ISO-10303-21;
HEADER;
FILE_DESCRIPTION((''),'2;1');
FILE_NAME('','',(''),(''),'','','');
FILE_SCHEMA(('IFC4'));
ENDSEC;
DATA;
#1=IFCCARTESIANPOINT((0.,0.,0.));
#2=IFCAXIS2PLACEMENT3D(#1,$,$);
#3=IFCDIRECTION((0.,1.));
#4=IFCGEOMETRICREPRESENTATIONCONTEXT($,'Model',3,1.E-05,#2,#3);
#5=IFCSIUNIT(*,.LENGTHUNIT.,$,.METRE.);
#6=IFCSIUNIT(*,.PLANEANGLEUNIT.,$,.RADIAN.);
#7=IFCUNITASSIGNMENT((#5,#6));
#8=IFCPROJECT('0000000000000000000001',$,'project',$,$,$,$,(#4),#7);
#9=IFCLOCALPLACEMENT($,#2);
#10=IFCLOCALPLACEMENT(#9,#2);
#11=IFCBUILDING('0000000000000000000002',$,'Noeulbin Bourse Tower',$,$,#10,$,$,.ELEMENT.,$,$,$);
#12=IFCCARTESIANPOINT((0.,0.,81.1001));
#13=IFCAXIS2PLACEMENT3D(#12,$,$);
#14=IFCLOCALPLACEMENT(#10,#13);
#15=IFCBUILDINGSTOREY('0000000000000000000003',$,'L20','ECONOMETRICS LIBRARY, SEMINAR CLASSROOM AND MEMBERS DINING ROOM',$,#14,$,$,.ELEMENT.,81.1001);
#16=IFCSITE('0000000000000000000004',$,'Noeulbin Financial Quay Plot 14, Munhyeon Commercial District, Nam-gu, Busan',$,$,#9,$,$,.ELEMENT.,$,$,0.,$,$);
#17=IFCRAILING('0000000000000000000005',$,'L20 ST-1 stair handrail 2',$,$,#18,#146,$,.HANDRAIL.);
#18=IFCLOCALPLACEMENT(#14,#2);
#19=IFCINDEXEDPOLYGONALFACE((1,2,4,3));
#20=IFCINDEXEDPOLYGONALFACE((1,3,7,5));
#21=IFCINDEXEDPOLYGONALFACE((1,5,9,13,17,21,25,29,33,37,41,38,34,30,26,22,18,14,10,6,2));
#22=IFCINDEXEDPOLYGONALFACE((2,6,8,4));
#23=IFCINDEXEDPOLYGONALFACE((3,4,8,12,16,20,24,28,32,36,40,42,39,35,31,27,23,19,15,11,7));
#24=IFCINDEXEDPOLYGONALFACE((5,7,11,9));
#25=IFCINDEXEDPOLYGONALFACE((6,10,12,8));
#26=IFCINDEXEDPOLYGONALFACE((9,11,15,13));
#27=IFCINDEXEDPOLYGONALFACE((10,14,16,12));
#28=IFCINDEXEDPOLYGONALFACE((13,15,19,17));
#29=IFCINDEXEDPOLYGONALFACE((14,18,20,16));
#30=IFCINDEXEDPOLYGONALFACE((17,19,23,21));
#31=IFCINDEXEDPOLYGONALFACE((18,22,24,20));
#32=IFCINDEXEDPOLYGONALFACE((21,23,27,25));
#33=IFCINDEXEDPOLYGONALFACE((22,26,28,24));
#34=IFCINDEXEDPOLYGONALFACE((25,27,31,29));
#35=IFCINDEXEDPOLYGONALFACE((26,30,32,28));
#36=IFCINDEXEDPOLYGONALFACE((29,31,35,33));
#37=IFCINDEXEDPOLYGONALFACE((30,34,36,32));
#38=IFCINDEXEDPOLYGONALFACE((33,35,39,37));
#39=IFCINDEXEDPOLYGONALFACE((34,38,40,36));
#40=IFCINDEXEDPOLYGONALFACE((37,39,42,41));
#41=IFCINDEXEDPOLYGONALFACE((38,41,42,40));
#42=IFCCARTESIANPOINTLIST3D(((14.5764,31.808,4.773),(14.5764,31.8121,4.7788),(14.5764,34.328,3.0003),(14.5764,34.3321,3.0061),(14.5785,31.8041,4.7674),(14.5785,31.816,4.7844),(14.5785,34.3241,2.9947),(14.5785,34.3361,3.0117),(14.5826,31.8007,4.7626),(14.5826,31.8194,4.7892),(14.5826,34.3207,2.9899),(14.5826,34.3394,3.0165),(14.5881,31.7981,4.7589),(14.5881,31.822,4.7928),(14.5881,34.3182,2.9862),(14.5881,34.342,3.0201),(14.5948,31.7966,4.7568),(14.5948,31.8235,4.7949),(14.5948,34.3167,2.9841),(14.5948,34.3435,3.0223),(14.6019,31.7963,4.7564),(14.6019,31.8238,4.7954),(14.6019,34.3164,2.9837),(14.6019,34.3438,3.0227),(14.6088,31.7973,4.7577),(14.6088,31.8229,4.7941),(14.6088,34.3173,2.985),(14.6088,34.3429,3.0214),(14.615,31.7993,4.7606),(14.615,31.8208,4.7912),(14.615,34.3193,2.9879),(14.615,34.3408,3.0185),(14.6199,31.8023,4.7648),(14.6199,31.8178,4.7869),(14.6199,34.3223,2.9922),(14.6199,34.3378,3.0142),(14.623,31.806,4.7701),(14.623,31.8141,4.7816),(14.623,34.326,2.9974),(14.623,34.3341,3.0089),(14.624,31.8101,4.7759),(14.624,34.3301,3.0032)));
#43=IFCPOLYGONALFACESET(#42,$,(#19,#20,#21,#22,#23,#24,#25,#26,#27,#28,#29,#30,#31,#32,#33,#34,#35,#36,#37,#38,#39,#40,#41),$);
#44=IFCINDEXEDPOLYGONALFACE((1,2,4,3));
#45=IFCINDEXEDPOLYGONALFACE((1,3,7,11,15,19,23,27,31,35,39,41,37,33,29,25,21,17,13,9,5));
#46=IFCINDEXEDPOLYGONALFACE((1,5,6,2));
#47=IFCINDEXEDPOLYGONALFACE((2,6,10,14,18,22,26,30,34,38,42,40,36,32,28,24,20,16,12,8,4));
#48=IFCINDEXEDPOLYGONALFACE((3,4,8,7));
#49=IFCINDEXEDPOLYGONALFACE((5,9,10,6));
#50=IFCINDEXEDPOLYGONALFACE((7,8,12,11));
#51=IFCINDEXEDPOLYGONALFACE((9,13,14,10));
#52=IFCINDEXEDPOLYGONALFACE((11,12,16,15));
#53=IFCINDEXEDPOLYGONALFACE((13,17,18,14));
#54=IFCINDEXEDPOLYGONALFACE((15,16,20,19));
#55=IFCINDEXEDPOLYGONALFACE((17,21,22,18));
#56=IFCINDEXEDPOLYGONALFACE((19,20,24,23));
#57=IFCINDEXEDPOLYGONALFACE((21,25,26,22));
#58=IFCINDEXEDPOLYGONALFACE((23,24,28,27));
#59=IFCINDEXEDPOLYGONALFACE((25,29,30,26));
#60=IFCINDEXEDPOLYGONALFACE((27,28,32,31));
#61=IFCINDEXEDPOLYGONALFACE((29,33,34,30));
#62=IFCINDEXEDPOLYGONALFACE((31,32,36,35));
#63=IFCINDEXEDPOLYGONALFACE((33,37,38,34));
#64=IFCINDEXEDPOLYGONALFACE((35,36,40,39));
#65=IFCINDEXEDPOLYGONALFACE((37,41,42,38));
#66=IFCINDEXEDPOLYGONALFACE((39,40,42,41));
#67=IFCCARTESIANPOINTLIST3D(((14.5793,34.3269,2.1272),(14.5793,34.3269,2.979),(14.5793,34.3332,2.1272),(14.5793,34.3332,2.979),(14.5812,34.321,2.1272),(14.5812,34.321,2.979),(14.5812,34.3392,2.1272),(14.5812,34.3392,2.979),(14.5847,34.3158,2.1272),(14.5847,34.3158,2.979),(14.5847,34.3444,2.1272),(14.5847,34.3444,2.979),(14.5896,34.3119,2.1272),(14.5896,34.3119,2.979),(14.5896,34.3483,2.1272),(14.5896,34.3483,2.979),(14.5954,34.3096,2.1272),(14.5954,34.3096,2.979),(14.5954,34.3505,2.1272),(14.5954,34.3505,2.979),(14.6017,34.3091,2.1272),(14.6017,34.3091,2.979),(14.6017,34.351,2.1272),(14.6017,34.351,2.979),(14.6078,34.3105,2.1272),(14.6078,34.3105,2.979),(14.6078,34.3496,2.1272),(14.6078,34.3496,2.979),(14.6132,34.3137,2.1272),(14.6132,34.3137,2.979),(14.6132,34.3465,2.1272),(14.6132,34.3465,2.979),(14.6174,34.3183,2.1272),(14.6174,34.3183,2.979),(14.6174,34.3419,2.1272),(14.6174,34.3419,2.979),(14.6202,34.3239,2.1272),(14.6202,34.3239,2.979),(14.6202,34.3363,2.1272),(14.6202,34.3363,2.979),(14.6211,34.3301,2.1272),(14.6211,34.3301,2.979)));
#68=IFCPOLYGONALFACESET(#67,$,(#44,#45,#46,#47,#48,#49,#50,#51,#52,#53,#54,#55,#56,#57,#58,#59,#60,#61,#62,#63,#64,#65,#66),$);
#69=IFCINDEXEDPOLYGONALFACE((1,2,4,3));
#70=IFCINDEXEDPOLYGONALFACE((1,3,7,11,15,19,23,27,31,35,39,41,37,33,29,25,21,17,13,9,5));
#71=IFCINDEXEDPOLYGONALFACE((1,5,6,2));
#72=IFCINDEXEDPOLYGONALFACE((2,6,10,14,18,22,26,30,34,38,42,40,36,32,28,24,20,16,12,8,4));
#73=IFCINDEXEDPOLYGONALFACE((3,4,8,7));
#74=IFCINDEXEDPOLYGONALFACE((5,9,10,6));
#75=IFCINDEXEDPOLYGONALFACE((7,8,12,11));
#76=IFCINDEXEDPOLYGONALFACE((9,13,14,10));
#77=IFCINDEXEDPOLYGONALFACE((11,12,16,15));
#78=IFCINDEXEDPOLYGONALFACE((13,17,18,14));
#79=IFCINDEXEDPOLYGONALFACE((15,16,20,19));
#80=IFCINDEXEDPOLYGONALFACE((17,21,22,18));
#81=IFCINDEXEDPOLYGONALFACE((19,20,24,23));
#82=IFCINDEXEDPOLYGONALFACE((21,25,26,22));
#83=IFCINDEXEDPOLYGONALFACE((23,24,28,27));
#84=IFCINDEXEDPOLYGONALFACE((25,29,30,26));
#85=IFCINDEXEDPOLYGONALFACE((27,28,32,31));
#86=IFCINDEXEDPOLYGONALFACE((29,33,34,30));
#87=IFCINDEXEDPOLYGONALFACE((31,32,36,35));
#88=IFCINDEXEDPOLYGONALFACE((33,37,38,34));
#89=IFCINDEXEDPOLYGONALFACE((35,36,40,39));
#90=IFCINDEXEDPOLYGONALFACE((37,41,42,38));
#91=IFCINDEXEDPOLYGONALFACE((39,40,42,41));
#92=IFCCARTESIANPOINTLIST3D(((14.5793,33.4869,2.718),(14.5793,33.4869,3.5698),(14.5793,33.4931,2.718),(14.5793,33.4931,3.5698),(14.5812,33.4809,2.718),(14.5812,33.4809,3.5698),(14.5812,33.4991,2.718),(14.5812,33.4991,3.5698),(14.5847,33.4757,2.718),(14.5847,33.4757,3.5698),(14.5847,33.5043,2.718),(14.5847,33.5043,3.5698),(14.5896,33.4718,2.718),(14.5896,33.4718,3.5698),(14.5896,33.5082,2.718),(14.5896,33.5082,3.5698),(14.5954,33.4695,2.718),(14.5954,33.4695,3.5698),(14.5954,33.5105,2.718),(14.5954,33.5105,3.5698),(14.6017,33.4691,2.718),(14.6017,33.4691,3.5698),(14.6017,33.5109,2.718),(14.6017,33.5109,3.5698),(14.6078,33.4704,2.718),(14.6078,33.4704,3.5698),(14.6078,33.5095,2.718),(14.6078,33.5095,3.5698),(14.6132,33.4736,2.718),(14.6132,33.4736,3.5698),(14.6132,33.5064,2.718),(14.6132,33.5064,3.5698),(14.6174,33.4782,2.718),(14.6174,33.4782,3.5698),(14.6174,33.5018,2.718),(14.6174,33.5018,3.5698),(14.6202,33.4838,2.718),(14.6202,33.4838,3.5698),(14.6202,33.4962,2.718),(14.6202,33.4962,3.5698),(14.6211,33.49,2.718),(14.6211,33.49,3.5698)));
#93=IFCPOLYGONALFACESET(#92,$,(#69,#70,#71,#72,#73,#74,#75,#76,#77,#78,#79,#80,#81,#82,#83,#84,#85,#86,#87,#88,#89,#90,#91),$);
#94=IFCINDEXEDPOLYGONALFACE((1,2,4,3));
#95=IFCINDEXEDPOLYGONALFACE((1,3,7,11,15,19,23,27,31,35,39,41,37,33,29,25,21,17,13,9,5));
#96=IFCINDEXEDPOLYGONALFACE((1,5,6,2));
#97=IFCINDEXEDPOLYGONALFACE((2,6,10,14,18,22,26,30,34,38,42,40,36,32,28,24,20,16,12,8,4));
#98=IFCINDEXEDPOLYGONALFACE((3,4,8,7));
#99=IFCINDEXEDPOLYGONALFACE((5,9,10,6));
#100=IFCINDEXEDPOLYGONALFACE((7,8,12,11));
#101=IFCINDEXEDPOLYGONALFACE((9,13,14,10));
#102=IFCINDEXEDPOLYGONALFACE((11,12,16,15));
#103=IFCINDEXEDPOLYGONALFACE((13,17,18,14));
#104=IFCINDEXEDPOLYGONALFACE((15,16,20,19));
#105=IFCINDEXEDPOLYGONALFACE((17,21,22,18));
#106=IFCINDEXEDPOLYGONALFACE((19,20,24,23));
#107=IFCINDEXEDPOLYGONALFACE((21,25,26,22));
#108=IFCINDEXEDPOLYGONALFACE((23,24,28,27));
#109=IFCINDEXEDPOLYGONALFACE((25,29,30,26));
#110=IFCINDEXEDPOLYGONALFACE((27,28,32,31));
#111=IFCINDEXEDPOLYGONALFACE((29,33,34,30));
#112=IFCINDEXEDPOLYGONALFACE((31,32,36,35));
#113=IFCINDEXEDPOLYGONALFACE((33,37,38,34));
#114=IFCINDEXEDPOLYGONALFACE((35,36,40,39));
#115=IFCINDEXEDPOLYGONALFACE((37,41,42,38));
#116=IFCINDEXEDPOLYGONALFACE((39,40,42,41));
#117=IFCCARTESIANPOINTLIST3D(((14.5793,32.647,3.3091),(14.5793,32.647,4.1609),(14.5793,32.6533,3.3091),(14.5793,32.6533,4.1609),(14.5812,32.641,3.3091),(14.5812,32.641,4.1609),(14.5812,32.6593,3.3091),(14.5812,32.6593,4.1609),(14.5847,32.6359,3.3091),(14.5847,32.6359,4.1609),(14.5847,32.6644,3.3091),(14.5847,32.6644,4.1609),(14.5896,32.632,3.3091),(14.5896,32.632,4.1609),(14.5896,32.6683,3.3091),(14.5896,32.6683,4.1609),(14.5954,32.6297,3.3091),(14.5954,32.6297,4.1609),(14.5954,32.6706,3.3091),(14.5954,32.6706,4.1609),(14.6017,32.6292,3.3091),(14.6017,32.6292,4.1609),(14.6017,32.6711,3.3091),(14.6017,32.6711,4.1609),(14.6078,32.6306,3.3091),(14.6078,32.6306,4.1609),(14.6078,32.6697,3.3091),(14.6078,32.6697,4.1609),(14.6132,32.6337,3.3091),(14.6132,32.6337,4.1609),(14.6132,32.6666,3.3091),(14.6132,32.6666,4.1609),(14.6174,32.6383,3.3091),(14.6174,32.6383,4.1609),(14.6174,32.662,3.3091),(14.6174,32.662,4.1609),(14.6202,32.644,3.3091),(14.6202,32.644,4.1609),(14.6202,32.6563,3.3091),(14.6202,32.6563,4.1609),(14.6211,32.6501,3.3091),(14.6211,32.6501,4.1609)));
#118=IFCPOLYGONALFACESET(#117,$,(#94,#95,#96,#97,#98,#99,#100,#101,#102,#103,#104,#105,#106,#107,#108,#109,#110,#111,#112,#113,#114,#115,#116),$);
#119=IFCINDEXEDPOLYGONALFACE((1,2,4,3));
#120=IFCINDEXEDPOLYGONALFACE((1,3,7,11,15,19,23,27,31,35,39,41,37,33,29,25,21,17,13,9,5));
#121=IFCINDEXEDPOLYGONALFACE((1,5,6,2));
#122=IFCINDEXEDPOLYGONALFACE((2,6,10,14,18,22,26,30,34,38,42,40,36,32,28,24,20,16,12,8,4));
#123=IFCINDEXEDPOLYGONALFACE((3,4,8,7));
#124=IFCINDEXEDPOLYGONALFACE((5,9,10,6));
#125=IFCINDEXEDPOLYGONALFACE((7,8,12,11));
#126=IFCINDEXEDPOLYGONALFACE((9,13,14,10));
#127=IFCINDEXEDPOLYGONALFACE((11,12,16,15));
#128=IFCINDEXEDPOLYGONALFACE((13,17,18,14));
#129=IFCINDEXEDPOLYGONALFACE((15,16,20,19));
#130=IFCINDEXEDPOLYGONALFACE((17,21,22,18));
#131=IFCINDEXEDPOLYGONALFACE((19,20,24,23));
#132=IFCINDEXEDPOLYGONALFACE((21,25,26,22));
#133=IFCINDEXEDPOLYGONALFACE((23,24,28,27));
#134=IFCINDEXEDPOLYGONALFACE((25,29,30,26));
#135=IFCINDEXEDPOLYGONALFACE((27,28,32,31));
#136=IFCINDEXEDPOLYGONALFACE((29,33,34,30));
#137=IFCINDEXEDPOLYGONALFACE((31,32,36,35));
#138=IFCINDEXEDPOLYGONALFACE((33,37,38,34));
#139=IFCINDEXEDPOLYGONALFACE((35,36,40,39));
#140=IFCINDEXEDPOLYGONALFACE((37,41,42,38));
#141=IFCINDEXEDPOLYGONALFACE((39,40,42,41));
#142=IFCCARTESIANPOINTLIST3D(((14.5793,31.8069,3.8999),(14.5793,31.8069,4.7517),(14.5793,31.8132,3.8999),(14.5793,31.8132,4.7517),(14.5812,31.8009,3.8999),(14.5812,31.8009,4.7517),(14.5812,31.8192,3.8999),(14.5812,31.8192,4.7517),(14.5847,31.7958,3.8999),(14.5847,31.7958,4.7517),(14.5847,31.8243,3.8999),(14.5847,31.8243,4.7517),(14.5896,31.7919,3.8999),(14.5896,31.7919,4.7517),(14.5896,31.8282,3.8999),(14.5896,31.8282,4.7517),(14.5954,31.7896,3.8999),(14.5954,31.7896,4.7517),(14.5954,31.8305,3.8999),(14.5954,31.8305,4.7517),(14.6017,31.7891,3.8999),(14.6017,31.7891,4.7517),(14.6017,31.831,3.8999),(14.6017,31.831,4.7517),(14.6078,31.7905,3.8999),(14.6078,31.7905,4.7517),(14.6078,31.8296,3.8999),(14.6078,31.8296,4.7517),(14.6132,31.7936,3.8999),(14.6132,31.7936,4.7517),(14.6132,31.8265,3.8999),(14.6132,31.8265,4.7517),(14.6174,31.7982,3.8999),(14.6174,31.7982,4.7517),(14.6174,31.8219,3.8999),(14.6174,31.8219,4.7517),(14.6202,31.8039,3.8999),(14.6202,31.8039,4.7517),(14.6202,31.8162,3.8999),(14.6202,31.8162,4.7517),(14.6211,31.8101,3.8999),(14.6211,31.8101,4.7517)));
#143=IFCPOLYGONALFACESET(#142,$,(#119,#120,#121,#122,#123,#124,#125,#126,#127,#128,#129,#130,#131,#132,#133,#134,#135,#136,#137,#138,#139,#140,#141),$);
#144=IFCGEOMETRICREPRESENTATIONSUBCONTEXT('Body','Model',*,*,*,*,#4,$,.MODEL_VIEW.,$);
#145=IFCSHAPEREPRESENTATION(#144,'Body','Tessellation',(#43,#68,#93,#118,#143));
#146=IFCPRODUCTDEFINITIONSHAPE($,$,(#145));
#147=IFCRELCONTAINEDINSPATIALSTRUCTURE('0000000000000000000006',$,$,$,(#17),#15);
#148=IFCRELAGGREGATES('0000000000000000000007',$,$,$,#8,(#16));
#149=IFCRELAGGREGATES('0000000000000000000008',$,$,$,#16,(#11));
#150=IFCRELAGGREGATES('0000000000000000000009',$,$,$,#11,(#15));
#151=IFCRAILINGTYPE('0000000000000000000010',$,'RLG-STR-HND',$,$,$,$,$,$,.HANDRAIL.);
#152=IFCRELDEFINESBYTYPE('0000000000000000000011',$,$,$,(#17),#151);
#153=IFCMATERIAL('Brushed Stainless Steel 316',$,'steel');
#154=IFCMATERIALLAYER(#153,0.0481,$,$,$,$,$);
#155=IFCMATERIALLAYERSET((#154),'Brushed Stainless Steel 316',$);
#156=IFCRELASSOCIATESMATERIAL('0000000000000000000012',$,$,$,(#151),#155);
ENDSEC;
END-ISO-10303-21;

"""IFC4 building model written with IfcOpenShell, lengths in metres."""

from ifc_helpers import new_model, si_unit, direction, frame, origin, origin_2d, place, context, subcontext, project, spatial, circle, extrude, material, layer, layer_set, type_object, element, save


model = new_model("IFC4")

# Units and contexts
model_context = context("Model", 3, precision=1e-05, world=origin(), true_north=direction((0.0, 1.0)))
body_context = subcontext(model_context, "Body", "Model", "MODEL_VIEW")
ifc_project = project(units=[si_unit("LENGTHUNIT", "METRE"), si_unit("PLANEANGLEUNIT", "RADIAN")], contexts=[model_context])

# Site, building, storey
site_placement = place(None, origin())
site = spatial("IfcSite", under=ifc_project, at=site_placement, Name="Noeulbin Financial Quay Plot 14, Munhyeon Commercial District, Nam-gu, Busan", CompositionType="ELEMENT", RefElevation=0.0)
building_placement = place(site_placement, origin())
building = spatial("IfcBuilding", under=site, at=building_placement, Name="Noeulbin Bourse Tower", CompositionType="ELEMENT")
storey_placement = place(building_placement, frame((0.0, 0.0, 81.1001)))
storey = spatial("IfcBuildingStorey", under=building, at=storey_placement, Name="L20", Description="ECONOMETRICS LIBRARY, SEMINAR CLASSROOM AND MEMBERS DINING ROOM", CompositionType="ELEMENT", Elevation=81.1001)

# Shared definitions
ifc_material_1 = material(Name="Brushed Stainless Steel 316", Category="steel")

# Railing
ifc_layer_1 = layer(ifc_material_1, 0.0481)
ifc_layer_set_1 = layer_set([ifc_layer_1], Name="Brushed Stainless Steel 316")
railing_type_1 = type_object("IfcRailingType", Name="RLG-STR-HND", PredefinedType="HANDRAIL", material=ifc_layer_set_1)
railing_1_placement = place(storey_placement, frame((14.6001, 34.3301, 2.1272)))
element("IfcRailing", 1, at=railing_1_placement, inside=storey, type_object=railing_type_1, Name="L20 ST-1 stair handrail 2", PredefinedType="HANDRAIL", context=body_context, shape_type="SweptSolid", body=[
    extrude(circle(Radius=0.0239, at=origin_2d()), frame((0.0, 0.0, 0.876), z_axis=(0.0, -0.817904, 0.575354), x_axis=(1.0, 0.0, 0.0)), (0.0, 0.0, 1.0), 3.0811),
    extrude(circle(Radius=0.021, at=origin_2d()), origin(), (0.0, 0.0, 1.0), 0.8518),
    extrude(circle(Radius=0.021, at=origin_2d()), frame((0.0, -0.8401, 0.5908)), (0.0, 0.0, 1.0), 0.8518),
    extrude(circle(Radius=0.021, at=origin_2d()), frame((0.0, -1.6799, 1.1819)), (0.0, 0.0, 1.0), 0.8518),
    extrude(circle(Radius=0.021, at=origin_2d()), frame((0.0, -2.52, 1.7727)), (0.0, 0.0, 1.0), 0.8518),
])

save(model, "model.ifc")
